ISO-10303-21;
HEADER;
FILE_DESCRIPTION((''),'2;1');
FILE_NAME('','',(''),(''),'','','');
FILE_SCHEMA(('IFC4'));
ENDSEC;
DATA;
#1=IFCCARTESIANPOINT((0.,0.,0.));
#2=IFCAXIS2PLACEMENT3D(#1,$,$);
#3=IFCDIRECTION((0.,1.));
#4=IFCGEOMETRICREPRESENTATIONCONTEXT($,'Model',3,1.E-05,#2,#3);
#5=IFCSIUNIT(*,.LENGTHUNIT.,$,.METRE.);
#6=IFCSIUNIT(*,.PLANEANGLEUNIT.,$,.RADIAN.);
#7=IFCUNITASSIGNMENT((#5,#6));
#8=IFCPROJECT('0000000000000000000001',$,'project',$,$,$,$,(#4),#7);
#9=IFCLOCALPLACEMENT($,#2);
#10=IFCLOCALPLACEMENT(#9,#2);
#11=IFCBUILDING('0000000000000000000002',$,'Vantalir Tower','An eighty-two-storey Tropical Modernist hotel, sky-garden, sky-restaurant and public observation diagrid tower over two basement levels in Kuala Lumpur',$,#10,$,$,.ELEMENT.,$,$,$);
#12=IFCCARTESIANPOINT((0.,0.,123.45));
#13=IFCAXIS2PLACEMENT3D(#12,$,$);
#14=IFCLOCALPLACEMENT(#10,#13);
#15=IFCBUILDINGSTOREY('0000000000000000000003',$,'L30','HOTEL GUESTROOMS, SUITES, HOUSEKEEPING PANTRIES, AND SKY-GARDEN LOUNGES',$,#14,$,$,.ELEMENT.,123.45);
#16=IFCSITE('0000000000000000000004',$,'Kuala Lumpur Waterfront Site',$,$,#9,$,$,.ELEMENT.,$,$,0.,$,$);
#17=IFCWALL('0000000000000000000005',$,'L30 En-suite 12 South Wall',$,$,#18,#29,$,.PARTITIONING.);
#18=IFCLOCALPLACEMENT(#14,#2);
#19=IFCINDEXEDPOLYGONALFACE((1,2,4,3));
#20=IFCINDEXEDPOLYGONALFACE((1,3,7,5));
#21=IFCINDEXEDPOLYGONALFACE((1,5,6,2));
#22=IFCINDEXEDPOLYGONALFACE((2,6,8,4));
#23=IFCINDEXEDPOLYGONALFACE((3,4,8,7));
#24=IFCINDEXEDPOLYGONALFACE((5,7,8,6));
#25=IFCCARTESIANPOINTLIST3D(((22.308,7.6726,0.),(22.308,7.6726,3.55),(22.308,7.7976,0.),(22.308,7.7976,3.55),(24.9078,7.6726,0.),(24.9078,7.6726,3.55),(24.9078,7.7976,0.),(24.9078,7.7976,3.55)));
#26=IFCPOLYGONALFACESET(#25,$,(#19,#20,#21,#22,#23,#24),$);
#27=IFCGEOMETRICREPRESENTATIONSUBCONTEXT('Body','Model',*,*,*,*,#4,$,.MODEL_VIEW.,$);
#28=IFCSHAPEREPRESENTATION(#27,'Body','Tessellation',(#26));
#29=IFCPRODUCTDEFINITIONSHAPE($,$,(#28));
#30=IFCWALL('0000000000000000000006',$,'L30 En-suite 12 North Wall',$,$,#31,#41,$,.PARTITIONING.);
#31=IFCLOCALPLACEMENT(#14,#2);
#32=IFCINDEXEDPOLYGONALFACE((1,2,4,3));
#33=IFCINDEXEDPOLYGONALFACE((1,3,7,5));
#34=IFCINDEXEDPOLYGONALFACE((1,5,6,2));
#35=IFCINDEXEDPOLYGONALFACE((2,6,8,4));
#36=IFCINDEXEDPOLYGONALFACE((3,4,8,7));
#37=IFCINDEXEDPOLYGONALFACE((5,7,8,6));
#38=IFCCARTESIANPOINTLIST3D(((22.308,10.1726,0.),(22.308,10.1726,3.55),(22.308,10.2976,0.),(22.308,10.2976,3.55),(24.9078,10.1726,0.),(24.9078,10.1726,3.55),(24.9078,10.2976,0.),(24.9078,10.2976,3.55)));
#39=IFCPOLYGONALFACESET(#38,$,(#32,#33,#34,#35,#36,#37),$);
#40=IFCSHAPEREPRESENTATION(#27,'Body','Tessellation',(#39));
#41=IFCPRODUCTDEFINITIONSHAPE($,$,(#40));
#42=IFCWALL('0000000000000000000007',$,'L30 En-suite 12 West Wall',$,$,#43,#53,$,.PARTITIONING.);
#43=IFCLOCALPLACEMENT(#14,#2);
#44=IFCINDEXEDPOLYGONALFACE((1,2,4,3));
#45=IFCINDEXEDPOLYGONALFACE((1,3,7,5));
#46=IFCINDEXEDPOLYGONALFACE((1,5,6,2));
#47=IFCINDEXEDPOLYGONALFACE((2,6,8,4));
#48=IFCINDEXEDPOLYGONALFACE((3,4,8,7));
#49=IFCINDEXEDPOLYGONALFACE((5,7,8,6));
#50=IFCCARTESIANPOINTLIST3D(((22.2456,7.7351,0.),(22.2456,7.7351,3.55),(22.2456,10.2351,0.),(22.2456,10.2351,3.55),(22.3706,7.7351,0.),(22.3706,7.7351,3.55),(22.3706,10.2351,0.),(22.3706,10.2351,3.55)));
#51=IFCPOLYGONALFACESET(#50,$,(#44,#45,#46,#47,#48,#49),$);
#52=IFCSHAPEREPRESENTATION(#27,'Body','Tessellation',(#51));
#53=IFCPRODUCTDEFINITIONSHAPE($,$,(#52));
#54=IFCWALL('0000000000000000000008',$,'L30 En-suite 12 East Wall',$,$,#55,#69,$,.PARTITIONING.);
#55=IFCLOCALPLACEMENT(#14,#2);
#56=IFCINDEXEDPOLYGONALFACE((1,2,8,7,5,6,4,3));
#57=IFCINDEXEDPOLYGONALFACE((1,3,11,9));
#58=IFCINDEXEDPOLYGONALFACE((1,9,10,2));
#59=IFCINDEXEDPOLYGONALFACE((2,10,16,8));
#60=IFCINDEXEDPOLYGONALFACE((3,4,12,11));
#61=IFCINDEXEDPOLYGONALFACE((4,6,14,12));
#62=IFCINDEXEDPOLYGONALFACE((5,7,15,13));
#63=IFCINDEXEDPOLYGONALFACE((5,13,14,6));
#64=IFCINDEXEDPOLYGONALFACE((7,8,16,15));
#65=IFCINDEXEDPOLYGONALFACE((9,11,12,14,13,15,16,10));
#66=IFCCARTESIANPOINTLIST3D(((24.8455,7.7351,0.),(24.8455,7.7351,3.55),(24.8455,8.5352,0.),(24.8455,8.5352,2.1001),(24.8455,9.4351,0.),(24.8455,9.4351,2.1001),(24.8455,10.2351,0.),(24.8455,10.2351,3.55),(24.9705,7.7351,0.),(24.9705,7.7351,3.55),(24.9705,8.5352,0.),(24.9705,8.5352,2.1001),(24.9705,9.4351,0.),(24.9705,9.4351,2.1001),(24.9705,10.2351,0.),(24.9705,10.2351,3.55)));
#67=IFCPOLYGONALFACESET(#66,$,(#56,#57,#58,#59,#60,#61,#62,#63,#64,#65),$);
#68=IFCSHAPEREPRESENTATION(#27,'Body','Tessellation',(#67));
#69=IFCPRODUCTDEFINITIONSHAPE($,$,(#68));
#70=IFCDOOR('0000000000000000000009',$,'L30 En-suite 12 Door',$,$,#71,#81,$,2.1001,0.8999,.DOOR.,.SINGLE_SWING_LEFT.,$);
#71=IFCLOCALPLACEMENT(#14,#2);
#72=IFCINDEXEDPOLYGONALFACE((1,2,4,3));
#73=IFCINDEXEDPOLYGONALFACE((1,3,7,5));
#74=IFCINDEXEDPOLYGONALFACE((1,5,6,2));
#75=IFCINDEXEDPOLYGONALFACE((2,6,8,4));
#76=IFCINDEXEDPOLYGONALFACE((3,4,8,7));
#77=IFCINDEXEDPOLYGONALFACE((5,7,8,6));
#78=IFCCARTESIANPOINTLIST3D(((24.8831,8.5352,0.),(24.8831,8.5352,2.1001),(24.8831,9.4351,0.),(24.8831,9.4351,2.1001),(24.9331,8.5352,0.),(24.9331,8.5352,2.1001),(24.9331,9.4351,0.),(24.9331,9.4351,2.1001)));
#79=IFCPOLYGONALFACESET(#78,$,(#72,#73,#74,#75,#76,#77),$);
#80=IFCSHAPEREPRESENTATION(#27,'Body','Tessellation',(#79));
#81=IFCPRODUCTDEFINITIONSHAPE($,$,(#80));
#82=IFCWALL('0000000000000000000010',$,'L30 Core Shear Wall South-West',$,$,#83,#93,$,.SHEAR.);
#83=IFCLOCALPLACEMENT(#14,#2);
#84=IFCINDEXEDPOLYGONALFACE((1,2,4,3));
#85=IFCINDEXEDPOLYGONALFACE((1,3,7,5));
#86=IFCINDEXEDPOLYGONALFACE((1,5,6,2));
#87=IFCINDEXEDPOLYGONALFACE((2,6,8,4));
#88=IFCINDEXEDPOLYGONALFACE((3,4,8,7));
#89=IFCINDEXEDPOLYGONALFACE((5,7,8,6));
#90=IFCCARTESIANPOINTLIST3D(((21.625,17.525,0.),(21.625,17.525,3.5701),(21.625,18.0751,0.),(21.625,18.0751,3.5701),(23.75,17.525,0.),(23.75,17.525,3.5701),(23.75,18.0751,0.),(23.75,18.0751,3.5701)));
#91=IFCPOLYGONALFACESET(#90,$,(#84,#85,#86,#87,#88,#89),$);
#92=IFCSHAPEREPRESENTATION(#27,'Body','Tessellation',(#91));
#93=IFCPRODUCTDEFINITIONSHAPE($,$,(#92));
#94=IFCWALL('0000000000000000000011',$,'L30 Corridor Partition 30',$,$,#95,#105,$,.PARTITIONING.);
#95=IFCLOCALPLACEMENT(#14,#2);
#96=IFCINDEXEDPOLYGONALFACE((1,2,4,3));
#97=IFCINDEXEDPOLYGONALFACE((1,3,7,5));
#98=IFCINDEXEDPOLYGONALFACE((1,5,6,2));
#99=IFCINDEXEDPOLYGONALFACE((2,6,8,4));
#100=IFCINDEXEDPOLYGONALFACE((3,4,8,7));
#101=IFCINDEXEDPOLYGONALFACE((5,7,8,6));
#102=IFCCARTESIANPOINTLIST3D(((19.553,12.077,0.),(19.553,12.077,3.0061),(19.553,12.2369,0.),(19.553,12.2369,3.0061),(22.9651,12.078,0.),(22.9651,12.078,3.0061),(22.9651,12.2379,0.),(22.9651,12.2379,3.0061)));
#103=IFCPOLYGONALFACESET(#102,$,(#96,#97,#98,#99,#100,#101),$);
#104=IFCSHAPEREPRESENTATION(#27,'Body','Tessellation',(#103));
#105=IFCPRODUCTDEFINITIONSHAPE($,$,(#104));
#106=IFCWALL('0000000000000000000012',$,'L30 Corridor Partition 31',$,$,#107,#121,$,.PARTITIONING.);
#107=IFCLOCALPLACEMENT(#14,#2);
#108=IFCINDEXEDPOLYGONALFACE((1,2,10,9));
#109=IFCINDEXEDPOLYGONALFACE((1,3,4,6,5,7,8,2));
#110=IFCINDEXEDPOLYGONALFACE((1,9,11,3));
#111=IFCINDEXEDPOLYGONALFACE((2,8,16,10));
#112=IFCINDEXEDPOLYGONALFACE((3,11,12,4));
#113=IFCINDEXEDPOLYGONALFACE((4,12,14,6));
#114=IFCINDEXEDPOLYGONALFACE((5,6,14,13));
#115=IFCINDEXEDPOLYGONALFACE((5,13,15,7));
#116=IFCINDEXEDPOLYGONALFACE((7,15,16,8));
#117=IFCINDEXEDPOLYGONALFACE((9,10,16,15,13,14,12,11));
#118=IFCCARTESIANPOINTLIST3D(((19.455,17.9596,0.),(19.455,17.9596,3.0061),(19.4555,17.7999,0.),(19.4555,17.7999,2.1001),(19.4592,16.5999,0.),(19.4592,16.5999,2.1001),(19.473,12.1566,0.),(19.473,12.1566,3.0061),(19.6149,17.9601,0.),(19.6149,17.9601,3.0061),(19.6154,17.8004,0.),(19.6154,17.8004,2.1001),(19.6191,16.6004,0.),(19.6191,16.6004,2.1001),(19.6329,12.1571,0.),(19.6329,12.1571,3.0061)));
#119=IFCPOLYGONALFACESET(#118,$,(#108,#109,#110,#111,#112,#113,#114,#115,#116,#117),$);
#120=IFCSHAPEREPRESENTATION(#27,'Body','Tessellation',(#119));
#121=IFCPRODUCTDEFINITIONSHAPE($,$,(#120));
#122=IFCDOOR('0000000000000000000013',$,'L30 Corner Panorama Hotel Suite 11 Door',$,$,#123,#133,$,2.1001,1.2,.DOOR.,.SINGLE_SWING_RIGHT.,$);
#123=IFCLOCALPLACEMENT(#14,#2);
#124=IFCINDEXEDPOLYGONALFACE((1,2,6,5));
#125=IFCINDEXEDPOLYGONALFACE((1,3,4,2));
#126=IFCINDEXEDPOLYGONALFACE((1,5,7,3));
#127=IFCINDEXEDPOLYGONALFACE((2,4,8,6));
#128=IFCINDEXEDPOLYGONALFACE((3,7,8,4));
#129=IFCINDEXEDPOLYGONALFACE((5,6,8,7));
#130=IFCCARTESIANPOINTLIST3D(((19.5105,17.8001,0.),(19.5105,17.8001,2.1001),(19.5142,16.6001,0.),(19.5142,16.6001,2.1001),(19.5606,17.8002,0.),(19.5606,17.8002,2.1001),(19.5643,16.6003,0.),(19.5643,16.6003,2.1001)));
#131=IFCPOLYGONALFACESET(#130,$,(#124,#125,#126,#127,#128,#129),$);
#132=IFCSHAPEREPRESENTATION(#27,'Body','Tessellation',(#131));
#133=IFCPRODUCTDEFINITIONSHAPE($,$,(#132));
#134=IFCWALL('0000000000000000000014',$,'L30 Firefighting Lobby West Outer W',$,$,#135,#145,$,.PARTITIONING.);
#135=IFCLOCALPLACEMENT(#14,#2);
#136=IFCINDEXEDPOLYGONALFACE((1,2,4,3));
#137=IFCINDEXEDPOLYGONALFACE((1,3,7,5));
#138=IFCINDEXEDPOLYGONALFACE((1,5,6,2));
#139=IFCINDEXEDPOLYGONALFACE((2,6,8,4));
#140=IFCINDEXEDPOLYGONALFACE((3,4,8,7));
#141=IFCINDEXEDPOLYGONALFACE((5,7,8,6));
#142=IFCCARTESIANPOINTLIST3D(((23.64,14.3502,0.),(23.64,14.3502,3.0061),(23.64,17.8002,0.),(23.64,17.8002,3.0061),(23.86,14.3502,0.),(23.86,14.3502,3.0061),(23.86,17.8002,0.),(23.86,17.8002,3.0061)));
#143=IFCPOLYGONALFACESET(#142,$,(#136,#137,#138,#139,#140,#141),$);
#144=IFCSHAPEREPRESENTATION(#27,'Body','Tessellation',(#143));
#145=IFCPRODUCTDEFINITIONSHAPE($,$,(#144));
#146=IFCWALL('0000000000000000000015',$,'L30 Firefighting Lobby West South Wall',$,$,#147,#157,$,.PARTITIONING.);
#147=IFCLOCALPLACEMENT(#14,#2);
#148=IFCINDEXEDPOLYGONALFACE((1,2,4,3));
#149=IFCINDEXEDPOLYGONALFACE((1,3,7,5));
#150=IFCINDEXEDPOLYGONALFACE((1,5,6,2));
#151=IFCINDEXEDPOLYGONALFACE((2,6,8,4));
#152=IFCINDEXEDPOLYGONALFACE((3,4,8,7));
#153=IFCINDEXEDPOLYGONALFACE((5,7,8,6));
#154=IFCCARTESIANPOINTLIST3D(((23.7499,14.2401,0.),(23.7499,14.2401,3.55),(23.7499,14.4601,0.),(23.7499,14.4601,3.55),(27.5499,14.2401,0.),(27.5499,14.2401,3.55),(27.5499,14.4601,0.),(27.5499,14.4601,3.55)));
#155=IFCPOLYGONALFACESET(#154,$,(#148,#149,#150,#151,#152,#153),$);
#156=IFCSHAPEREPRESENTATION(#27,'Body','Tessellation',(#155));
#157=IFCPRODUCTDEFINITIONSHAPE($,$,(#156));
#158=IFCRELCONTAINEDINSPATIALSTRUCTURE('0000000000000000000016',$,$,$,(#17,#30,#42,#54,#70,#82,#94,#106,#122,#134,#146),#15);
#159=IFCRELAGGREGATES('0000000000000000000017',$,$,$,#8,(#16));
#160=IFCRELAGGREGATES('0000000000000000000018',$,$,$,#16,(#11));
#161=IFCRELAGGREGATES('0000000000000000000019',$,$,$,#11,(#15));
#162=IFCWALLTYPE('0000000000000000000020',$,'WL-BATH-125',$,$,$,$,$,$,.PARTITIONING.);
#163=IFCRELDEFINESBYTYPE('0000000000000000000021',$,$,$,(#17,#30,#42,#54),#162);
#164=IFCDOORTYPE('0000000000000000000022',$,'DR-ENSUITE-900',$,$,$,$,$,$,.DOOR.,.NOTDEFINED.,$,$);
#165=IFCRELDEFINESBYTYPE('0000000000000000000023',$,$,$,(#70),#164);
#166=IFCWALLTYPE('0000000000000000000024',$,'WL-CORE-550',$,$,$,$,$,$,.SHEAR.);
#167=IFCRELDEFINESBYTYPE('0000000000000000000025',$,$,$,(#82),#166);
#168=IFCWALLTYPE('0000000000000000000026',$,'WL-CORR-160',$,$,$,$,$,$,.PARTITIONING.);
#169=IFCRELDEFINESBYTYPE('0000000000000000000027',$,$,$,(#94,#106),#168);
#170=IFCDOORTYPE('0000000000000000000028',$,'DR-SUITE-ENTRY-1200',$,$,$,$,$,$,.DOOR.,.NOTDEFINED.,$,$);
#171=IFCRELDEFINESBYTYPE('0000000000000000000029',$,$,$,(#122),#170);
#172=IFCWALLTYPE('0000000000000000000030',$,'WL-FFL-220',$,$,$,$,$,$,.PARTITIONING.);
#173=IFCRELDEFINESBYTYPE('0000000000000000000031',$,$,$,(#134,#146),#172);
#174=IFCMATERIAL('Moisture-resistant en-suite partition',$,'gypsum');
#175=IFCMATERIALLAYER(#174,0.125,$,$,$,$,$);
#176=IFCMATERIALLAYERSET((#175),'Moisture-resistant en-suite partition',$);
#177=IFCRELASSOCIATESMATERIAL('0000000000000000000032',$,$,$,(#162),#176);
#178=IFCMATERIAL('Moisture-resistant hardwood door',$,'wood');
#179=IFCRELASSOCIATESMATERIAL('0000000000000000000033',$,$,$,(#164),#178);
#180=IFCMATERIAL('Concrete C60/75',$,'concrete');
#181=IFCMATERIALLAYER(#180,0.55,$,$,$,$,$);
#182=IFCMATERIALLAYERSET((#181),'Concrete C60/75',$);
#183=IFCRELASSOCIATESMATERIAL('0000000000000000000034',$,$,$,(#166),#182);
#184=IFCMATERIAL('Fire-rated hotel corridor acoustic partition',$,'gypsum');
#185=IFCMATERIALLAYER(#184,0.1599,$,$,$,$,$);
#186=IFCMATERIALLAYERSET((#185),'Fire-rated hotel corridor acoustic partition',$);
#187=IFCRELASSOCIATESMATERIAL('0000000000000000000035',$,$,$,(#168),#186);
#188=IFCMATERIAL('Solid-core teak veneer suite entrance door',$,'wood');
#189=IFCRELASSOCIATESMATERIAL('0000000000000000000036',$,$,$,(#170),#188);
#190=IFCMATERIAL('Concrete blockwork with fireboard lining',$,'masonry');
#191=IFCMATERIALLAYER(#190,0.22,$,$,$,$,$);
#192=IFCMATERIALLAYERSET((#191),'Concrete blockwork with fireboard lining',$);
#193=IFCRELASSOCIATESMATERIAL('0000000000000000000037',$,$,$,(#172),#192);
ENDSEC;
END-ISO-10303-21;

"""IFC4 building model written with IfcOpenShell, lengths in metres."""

from ifc_helpers import new_model, si_unit, direction, frame, frame_2d, origin, place, context, subcontext, project, spatial, rectangle, extrude, material, layer, layer_set, type_object, element, fill, save


model = new_model("IFC4")

# Units and contexts
model_context = context("Model", 3, precision=1e-05, world=origin(), true_north=direction((0.0, 1.0)))
body_context = subcontext(model_context, "Body", "Model", "MODEL_VIEW")
ifc_project = project(units=[si_unit("LENGTHUNIT", "METRE"), si_unit("PLANEANGLEUNIT", "RADIAN")], contexts=[model_context])

# Site, building, storey
site_placement = place(None, origin())
site = spatial("IfcSite", under=ifc_project, at=site_placement, Name="Kuala Lumpur Waterfront Site", CompositionType="ELEMENT", RefElevation=0.0)
building_placement = place(site_placement, origin())
building = spatial("IfcBuilding", under=site, at=building_placement, Name="Vantalir Tower", Description="An eighty-two-storey Tropical Modernist hotel, sky-garden, sky-restaurant and public observation diagrid tower over two basement levels in Kuala Lumpur", CompositionType="ELEMENT")
storey_placement = place(building_placement, frame((0.0, 0.0, 123.45)))
storey = spatial("IfcBuildingStorey", under=building, at=storey_placement, Name="L30", Description="HOTEL GUESTROOMS, SUITES, HOUSEKEEPING PANTRIES, AND SKY-GARDEN LOUNGES", CompositionType="ELEMENT", Elevation=123.45)

# Shared definitions
ifc_material_1 = material(Name="Concrete C60/75", Category="concrete")

# Walls
ifc_material_2 = material(Name="Moisture-resistant en-suite partition", Category="gypsum")
ifc_layer_1 = layer(ifc_material_2, 0.125)
ifc_layer_set_1 = layer_set([ifc_layer_1], Name="Moisture-resistant en-suite partition")
wall_type_1 = type_object("IfcWallType", Name="WL-BATH-125", PredefinedType="PARTITIONING", material=ifc_layer_set_1)
for number, where, z_axis, x_axis, name in (
    (1, (22.3081, 7.7351, 0.0), (0.0, 0.0, 1.0), (1.0, 0.0, 0.0), "L30 En-suite 12 South Wall"),
    (2, (22.3081, 10.2351, 0.0), (0.0, 0.0, 1.0), (1.0, 0.0, 0.0), "L30 En-suite 12 North Wall"),
):
    element("IfcWall", number, at=place(storey_placement, frame(where, z_axis=z_axis, x_axis=x_axis)), inside=storey, type_object=wall_type_1, Name=name, PredefinedType="PARTITIONING", context=body_context, shape_type="SweptSolid", body=[
        extrude(rectangle(XDim=2.5999, YDim=0.125, at=frame_2d((1.2998, 0.0))), origin(), (0.0, 0.0, 1.0), 3.55),
    ])
wall_1_placement = place(storey_placement, frame((22.3081, 7.7351, 0.0), z_axis=(0.0, 0.0, 1.0), x_axis=(0.0, 1.0, 0.0)))
element("IfcWall", 3, at=wall_1_placement, inside=storey, type_object=wall_type_1, Name="L30 En-suite 12 West Wall", PredefinedType="PARTITIONING", context=body_context, shape_type="SweptSolid", body=[
    extrude(rectangle(XDim=2.5, YDim=0.125, at=frame_2d((1.25, 0.0))), origin(), (0.0, 0.0, 1.0), 3.55),
])

# Wall, opening, door
wall_2_placement = place(storey_placement, frame((24.908, 7.7351, 0.0), z_axis=(0.0, 0.0, 1.0), x_axis=(0.0, 1.0, 0.0)))
wall_2 = element("IfcWall", 4, at=wall_2_placement, inside=storey, type_object=wall_type_1, Name="L30 En-suite 12 East Wall", PredefinedType="PARTITIONING", context=body_context, shape_type="SweptSolid", body=[
    extrude(rectangle(XDim=2.5, YDim=0.125, at=frame_2d((1.25, 0.0))), origin(), (0.0, 0.0, 1.0), 3.55),
])
opening_1_placement = place(wall_2_placement, frame((0.8, 0.0, 0.0)))
opening_1 = element("IfcOpeningElement", 5, at=opening_1_placement, cuts=wall_2, PredefinedType="OPENING", context=body_context, shape_type="SweptSolid", body=[
    extrude(rectangle(XDim=0.8999, YDim=2.1001, at=frame_2d((0.45, 1.05))), frame((0.0, 0.0725, 0.0), z_axis=(0.0, -1.0, 0.0), x_axis=(1.0, 0.0, 0.0)), (0.0, 0.0, 1.0), 0.145),
])
ifc_material_3 = material(Name="Moisture-resistant hardwood door", Category="wood")
door_type_1 = type_object("IfcDoorType", Name="DR-ENSUITE-900", OperationType="NOTDEFINED", PredefinedType="DOOR", material=ifc_material_3)
door_1_placement = place(opening_1_placement, origin())
door_1 = element("IfcDoor", 6, at=door_1_placement, inside=storey, type_object=door_type_1, Name="L30 En-suite 12 Door", OperationType="SINGLE_SWING_LEFT", OverallHeight=2.1001, OverallWidth=0.8999, PredefinedType="DOOR", context=body_context, shape_type="SweptSolid", body=[
    extrude(rectangle(XDim=0.8999, YDim=2.1001, at=frame_2d((0.45, 1.05))), frame((0.0, 0.0249, 0.0), z_axis=(0.0, -1.0, 0.0), x_axis=(1.0, 0.0, 0.0)), (0.0, 0.0, 1.0), 0.05),
])
fill(opening_1, door_1)

# Walls
ifc_layer_2 = layer(ifc_material_1, 0.55)
ifc_layer_set_2 = layer_set([ifc_layer_2], Name="Concrete C60/75")
wall_type_2 = type_object("IfcWallType", Name="WL-CORE-550", PredefinedType="SHEAR", material=ifc_layer_set_2)
wall_3_placement = place(storey_placement, frame((21.625, 17.8, 0.0), z_axis=(0.0, 0.0, 1.0), x_axis=(1.0, 0.0, 0.0)))
element("IfcWall", 7, at=wall_3_placement, inside=storey, type_object=wall_type_2, Name="L30 Core Shear Wall South-West", PredefinedType="SHEAR", context=body_context, shape_type="SweptSolid", body=[
    extrude(rectangle(XDim=2.125, YDim=0.55, at=frame_2d((1.0625, 0.0))), origin(), (0.0, 0.0, 1.0), 3.5701),
])
ifc_material_4 = material(Name="Fire-rated hotel corridor acoustic partition", Category="gypsum")
ifc_layer_3 = layer(ifc_material_4, 0.1599)
ifc_layer_set_3 = layer_set([ifc_layer_3], Name="Fire-rated hotel corridor acoustic partition")
wall_type_3 = type_object("IfcWallType", Name="WL-CORR-160", PredefinedType="PARTITIONING", material=ifc_layer_set_3)
wall_4_placement = place(storey_placement, frame((22.9651, 12.158, 0.0), z_axis=(0.0, 0.0, 1.0), x_axis=(-1.0, -0.000286, 0.0)))
element("IfcWall", 8, at=wall_4_placement, inside=storey, type_object=wall_type_3, Name="L30 Corridor Partition 30", PredefinedType="PARTITIONING", context=body_context, shape_type="SweptSolid", body=[
    extrude(rectangle(XDim=3.4121, YDim=0.1599, at=frame_2d((1.7061, 0.0))), origin(), (0.0, 0.0, 1.0), 3.0061),
])

# Wall, opening, door
wall_5_placement = place(storey_placement, frame((19.553, 12.157, 0.0), z_axis=(0.0, 0.0, 1.0), x_axis=(-0.003113, 0.999995, 0.0)))
wall_5 = element("IfcWall", 9, at=wall_5_placement, inside=storey, type_object=wall_type_3, Name="L30 Corridor Partition 31", PredefinedType="PARTITIONING", context=body_context, shape_type="SweptSolid", body=[
    extrude(rectangle(XDim=5.803, YDim=0.1599, at=frame_2d((2.9014, 0.0))), origin(), (0.0, 0.0, 1.0), 3.0061),
])
opening_2_placement = place(wall_5_placement, frame((4.4431, 0.0, 0.0)))
opening_2 = element("IfcOpeningElement", 10, at=opening_2_placement, cuts=wall_5, PredefinedType="OPENING", context=body_context, shape_type="SweptSolid", body=[
    extrude(rectangle(XDim=1.2, YDim=2.1001, at=frame_2d((0.6001, 1.05))), frame((0.0, 0.0898, 0.0), z_axis=(0.0, -1.0, 0.0), x_axis=(1.0, 0.0, 0.0)), (0.0, 0.0, 1.0), 0.1799),
])
ifc_material_5 = material(Name="Solid-core teak veneer suite entrance door", Category="wood")
door_type_2 = type_object("IfcDoorType", Name="DR-SUITE-ENTRY-1200", OperationType="NOTDEFINED", PredefinedType="DOOR", material=ifc_material_5)
door_2_placement = place(opening_2_placement, origin())
door_2 = element("IfcDoor", 11, at=door_2_placement, inside=storey, type_object=door_type_2, Name="L30 Corner Panorama Hotel Suite 11 Door", OperationType="SINGLE_SWING_RIGHT", OverallHeight=2.1001, OverallWidth=1.2, PredefinedType="DOOR", context=body_context, shape_type="SweptSolid", body=[
    extrude(rectangle(XDim=1.2, YDim=2.1001, at=frame_2d((0.6001, 1.05))), frame((0.0, 0.0249, 0.0), z_axis=(0.0, -1.0, 0.0), x_axis=(1.0, 0.0, 0.0)), (0.0, 0.0, 1.0), 0.05),
])
fill(opening_2, door_2)

# Walls
ifc_material_6 = material(Name="Concrete blockwork with fireboard lining", Category="masonry")
ifc_layer_4 = layer(ifc_material_6, 0.22)
ifc_layer_set_4 = layer_set([ifc_layer_4], Name="Concrete blockwork with fireboard lining")
wall_type_4 = type_object("IfcWallType", Name="WL-FFL-220", PredefinedType="PARTITIONING", material=ifc_layer_set_4)
wall_6_placement = place(storey_placement, frame((23.75, 14.3501, 0.0), z_axis=(0.0, 0.0, 1.0), x_axis=(0.0, 1.0, 0.0)))
element("IfcWall", 12, at=wall_6_placement, inside=storey, type_object=wall_type_4, Name="L30 Firefighting Lobby West Outer W", PredefinedType="PARTITIONING", context=body_context, shape_type="SweptSolid", body=[
    extrude(rectangle(XDim=3.45, YDim=0.22, at=frame_2d((1.7251, 0.0))), origin(), (0.0, 0.0, 1.0), 3.0061),
])
wall_7_placement = place(storey_placement, frame((23.75, 14.3501, 0.0), z_axis=(0.0, 0.0, 1.0), x_axis=(1.0, 0.0, 0.0)))
element("IfcWall", 13, at=wall_7_placement, inside=storey, type_object=wall_type_4, Name="L30 Firefighting Lobby West South Wall", PredefinedType="PARTITIONING", context=body_context, shape_type="SweptSolid", body=[
    extrude(rectangle(XDim=3.8, YDim=0.22, at=frame_2d((1.8999, 0.0))), origin(), (0.0, 0.0, 1.0), 3.55),
])

save(model, "model.ifc")
